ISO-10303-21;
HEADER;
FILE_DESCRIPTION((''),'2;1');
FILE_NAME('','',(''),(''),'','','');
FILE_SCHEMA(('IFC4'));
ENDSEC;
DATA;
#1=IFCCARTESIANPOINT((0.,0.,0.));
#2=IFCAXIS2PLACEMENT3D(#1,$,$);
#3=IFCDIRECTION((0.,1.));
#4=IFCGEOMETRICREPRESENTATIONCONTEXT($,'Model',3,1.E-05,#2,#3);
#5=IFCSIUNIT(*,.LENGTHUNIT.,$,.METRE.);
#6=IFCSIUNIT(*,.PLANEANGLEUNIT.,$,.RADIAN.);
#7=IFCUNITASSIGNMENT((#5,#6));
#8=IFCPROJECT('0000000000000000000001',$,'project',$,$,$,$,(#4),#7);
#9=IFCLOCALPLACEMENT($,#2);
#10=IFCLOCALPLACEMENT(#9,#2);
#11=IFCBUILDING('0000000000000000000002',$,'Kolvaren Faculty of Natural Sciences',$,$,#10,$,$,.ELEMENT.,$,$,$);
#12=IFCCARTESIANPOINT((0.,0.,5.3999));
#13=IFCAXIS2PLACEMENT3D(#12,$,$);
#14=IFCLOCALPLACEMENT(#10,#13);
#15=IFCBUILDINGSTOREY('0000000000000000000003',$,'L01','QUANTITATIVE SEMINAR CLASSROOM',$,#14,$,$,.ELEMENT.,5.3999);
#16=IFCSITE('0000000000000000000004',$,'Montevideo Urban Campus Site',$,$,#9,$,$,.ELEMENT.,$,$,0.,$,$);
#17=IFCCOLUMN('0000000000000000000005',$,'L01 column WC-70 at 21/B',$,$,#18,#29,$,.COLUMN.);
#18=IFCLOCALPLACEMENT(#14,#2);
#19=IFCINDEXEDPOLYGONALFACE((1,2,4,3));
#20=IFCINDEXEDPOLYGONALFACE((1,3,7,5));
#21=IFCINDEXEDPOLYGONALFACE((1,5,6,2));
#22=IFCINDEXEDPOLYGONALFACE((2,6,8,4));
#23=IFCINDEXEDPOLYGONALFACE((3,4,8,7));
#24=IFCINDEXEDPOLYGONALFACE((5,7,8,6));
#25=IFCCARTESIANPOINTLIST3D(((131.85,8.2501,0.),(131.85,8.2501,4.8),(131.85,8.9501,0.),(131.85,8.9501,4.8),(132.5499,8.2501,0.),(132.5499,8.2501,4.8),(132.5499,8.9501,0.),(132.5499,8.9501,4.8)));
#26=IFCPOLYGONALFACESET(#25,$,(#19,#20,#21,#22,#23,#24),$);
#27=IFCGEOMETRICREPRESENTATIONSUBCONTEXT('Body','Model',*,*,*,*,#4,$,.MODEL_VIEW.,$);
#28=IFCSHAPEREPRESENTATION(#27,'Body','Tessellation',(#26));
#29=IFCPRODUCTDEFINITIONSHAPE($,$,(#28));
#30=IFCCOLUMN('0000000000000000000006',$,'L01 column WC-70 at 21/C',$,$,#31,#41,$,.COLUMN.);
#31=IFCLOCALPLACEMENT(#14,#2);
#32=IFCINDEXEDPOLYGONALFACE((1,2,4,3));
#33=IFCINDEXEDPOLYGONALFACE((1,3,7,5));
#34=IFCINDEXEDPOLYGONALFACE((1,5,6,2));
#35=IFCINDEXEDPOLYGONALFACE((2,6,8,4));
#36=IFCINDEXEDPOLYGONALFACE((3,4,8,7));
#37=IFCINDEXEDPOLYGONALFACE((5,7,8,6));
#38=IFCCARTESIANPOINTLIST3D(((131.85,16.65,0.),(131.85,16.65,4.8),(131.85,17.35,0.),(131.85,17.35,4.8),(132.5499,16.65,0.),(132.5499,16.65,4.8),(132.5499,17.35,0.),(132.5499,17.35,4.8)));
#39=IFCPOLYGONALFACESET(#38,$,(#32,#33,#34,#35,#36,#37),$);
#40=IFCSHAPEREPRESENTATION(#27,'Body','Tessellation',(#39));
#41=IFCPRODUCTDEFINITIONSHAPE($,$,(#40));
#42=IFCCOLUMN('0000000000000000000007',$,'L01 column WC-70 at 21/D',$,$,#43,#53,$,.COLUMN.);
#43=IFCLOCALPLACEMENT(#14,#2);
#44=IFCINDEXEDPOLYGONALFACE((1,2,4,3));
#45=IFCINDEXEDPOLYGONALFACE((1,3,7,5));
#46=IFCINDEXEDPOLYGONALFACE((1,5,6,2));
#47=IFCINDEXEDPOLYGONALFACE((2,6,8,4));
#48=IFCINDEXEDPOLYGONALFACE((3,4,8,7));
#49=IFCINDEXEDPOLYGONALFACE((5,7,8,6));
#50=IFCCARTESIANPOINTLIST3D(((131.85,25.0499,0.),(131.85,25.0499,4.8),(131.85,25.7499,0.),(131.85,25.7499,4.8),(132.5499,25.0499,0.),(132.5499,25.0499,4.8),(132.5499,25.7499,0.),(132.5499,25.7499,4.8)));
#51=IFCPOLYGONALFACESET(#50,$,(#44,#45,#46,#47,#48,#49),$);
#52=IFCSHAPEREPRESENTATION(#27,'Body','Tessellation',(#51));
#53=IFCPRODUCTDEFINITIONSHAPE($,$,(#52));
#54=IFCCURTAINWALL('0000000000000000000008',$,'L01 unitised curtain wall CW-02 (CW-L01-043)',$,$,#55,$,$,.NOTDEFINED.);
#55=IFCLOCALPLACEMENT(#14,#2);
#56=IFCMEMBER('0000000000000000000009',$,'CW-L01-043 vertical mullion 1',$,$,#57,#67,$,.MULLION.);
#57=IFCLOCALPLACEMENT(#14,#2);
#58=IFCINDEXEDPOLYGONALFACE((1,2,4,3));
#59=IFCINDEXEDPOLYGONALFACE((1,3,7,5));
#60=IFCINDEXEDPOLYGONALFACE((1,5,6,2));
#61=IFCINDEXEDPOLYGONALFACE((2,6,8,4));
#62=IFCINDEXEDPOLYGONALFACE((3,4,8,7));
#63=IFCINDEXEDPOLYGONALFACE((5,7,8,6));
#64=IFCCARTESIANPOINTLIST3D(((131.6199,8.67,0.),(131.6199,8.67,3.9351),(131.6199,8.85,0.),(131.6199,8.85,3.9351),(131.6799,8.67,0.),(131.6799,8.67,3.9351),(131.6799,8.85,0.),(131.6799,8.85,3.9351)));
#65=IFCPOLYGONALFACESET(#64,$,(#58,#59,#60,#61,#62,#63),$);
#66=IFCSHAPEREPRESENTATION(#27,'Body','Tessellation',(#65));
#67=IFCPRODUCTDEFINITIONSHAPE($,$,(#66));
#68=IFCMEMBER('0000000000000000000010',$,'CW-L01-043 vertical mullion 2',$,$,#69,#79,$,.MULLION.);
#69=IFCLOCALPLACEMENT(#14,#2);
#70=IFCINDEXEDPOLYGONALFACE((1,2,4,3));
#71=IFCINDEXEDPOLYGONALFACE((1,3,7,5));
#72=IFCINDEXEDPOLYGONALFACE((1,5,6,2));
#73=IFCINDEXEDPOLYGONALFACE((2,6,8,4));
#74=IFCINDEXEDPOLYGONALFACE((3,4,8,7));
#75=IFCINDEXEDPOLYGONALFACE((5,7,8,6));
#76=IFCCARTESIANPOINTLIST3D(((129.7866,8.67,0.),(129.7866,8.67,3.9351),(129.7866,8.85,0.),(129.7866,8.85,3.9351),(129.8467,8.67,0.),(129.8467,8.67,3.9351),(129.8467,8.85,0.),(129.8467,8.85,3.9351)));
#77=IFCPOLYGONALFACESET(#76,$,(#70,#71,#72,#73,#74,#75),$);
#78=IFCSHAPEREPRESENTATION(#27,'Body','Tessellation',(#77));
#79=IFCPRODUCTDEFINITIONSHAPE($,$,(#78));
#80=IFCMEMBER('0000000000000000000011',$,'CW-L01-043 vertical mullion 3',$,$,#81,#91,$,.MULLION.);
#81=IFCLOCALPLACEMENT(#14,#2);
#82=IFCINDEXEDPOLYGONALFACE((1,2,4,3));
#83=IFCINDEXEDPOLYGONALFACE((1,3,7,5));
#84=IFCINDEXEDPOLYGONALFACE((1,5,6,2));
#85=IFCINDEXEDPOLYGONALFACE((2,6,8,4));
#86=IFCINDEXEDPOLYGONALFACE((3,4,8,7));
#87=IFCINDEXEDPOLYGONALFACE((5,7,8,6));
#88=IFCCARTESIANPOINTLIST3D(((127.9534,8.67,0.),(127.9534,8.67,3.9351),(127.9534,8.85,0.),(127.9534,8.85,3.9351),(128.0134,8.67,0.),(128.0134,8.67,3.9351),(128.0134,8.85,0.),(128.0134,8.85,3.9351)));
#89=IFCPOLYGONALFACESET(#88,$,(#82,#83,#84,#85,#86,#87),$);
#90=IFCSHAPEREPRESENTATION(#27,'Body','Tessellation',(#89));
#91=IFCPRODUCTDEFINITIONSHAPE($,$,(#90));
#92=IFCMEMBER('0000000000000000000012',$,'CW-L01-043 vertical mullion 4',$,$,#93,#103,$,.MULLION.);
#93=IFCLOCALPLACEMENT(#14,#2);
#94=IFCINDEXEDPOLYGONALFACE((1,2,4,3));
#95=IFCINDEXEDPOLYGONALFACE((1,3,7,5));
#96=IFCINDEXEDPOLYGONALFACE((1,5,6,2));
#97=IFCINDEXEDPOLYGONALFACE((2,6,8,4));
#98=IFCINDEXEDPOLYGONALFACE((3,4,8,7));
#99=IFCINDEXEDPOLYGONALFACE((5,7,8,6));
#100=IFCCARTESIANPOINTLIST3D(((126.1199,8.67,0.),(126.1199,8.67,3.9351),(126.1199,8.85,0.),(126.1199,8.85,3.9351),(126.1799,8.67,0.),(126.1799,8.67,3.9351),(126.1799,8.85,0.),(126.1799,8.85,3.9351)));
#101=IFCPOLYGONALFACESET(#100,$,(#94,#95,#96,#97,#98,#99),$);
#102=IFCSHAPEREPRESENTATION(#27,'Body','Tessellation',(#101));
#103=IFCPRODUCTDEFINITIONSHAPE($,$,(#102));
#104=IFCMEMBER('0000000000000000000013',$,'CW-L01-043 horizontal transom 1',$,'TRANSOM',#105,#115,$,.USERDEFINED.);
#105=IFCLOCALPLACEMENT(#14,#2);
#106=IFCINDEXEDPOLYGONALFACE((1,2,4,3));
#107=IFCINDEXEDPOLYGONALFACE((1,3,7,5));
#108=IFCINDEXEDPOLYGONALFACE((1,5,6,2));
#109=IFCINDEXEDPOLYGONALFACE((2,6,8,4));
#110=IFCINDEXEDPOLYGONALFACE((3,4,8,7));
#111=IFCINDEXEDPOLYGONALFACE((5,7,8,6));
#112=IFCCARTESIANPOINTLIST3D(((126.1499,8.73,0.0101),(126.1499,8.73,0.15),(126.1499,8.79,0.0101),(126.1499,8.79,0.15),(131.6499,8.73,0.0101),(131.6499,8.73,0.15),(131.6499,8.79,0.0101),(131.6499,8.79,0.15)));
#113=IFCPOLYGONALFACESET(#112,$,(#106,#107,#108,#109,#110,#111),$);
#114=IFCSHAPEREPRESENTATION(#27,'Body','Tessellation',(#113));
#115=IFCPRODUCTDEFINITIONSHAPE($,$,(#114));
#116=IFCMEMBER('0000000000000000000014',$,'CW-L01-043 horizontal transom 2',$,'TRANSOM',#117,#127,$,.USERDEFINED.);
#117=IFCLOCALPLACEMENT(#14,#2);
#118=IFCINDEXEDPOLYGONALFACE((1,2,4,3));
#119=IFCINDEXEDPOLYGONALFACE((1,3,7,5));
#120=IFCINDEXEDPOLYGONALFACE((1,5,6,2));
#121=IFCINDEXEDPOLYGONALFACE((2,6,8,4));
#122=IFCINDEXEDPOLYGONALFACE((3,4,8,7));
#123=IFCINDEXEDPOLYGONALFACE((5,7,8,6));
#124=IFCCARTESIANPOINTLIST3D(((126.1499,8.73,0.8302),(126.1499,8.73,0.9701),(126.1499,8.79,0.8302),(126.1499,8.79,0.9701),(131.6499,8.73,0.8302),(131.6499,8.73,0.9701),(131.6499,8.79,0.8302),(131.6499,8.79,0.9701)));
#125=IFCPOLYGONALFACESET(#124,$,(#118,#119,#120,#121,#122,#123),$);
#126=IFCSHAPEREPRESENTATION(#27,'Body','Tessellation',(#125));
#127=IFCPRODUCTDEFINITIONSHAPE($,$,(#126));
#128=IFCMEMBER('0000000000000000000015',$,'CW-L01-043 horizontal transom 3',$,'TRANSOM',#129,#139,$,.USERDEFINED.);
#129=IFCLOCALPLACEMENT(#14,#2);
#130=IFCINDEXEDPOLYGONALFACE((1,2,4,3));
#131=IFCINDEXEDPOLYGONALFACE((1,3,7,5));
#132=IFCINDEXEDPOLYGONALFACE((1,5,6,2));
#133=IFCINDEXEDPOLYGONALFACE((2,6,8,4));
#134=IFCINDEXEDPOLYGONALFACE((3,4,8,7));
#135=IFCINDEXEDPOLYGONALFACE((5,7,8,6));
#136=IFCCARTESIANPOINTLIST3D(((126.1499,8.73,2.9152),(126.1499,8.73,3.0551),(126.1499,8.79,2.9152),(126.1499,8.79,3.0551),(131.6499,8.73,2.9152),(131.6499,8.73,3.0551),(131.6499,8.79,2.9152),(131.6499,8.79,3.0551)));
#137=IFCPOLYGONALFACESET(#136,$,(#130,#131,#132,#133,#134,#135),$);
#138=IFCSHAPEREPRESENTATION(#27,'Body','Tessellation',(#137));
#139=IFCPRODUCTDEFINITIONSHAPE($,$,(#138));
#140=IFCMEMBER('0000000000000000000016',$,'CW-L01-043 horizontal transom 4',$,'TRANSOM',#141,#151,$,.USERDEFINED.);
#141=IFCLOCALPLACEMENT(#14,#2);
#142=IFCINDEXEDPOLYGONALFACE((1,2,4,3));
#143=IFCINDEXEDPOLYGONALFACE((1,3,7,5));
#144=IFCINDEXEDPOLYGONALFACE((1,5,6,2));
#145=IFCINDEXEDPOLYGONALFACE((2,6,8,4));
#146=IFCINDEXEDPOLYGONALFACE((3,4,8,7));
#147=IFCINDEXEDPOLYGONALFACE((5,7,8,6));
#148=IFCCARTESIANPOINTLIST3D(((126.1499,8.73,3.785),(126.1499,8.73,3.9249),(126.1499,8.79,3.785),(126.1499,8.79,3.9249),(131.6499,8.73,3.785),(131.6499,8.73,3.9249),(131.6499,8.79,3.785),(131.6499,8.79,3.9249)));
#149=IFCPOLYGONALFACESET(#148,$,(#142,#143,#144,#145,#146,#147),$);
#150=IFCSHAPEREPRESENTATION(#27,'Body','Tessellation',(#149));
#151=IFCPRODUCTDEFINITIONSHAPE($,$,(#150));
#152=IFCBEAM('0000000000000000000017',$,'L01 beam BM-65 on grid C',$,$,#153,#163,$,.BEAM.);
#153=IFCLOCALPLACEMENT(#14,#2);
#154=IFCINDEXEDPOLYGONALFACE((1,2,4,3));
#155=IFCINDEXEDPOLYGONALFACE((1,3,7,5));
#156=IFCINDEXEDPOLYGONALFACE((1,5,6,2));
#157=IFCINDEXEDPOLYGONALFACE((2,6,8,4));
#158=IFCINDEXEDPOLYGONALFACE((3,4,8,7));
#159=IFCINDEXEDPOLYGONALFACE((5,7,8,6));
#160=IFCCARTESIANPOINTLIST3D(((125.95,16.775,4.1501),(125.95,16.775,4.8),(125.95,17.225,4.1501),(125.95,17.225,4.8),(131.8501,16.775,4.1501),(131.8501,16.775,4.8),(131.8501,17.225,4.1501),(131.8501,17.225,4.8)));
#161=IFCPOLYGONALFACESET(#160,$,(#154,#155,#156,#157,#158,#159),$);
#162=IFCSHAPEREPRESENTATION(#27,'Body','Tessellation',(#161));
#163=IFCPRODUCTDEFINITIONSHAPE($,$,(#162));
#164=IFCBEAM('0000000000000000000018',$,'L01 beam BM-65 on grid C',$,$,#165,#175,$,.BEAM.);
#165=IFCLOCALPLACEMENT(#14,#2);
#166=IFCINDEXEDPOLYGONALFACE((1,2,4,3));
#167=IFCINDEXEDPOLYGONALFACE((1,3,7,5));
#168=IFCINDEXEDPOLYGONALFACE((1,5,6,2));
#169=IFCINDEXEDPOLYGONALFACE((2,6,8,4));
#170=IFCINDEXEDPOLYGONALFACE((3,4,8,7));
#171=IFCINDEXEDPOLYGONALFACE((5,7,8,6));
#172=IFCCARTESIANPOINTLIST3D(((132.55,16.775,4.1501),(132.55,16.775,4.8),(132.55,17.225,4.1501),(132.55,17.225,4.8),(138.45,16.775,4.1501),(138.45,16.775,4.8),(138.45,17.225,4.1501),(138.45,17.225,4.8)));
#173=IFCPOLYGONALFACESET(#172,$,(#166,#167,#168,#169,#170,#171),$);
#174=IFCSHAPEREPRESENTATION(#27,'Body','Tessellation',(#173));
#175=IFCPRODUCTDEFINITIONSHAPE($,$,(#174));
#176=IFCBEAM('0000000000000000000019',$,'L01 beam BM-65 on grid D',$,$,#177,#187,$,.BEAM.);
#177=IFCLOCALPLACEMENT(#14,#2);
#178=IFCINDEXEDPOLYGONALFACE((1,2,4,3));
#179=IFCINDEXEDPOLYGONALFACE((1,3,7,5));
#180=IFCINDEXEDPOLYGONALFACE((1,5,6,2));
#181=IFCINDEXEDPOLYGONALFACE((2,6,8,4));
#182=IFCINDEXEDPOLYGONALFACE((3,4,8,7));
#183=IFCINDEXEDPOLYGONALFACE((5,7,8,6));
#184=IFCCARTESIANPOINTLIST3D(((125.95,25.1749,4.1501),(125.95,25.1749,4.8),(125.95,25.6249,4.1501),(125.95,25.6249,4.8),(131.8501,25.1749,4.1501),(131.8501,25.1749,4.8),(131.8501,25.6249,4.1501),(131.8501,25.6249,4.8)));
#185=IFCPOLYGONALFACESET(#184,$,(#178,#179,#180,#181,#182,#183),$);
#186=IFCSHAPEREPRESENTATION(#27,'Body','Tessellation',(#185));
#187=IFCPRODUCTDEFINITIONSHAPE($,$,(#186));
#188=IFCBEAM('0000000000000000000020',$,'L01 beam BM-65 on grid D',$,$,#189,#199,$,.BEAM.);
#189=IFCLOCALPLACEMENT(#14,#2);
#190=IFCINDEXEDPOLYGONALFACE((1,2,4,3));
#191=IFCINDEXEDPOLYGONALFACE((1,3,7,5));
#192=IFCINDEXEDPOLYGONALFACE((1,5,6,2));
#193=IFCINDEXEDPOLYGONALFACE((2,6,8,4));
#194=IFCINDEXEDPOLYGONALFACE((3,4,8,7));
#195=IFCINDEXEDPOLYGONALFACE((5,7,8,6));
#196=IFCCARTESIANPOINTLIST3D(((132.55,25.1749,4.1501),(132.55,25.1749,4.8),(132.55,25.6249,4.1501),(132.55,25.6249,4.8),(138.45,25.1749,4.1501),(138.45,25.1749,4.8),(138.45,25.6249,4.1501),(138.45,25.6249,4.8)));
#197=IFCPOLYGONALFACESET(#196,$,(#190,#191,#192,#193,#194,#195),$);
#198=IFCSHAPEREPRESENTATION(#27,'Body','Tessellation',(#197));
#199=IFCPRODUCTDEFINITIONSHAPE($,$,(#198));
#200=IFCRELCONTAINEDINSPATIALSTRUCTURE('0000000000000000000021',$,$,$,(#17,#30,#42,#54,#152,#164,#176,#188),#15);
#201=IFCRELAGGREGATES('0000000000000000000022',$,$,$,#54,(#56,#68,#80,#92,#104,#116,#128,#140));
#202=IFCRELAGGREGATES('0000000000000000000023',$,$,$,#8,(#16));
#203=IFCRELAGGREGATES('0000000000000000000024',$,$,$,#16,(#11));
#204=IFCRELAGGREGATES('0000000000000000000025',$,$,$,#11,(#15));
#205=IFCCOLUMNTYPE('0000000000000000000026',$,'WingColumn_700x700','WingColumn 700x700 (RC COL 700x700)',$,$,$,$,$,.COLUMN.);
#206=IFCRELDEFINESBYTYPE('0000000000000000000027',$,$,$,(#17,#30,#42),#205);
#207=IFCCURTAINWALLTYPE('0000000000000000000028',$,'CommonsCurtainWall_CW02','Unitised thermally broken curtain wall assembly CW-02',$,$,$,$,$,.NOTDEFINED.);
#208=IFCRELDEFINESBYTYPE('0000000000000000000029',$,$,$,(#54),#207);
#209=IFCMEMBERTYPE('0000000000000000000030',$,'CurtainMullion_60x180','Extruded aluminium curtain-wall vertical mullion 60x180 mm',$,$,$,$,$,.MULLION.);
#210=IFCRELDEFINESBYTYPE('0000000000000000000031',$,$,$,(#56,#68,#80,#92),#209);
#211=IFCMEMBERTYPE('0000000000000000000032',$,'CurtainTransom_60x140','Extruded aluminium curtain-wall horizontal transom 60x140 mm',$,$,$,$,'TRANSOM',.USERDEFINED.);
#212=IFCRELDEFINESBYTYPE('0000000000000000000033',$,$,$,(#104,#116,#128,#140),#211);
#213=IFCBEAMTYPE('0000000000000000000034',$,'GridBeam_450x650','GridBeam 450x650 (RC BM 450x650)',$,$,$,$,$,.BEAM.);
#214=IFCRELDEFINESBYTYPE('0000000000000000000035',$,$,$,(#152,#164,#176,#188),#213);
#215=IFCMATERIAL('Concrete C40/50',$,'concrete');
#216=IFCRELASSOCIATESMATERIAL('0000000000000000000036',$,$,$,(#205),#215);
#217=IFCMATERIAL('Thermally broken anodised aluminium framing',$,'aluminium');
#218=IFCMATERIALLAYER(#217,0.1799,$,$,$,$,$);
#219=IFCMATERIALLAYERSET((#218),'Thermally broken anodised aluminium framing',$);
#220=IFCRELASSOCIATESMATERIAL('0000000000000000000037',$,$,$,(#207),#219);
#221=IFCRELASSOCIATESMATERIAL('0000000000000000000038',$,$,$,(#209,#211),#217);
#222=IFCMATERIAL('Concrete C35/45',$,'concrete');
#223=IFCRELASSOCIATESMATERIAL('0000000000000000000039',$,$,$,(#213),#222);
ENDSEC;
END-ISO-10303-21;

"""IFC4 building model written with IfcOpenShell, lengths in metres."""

from ifc_helpers import new_model, si_unit, direction, frame, origin, origin_2d, place, context, subcontext, project, spatial, rectangle, extrude, material, layer, layer_set, material_profile, profile_set, type_object, element, aggregate, save


model = new_model("IFC4")

# Units and contexts
model_context = context("Model", 3, precision=1e-05, world=origin(), true_north=direction((0.0, 1.0)))
body_context = subcontext(model_context, "Body", "Model", "MODEL_VIEW")
ifc_project = project(units=[si_unit("LENGTHUNIT", "METRE"), si_unit("PLANEANGLEUNIT", "RADIAN")], contexts=[model_context])

# Site, building, storey
site_placement = place(None, origin())
site = spatial("IfcSite", under=ifc_project, at=site_placement, Name="Montevideo Urban Campus Site", CompositionType="ELEMENT", RefElevation=0.0)
building_placement = place(site_placement, origin())
building = spatial("IfcBuilding", under=site, at=building_placement, Name="Kolvaren Faculty of Natural Sciences", CompositionType="ELEMENT")
storey_placement = place(building_placement, frame((0.0, 0.0, 5.3999)))
storey = spatial("IfcBuildingStorey", under=building, at=storey_placement, Name="L01", Description="QUANTITATIVE SEMINAR CLASSROOM", CompositionType="ELEMENT", Elevation=5.3999)

# Columns
ifc_material_1 = material(Name="Concrete C40/50", Category="concrete")
ifc_material_profile_1 = material_profile(ifc_material_1, rectangle(XDim=0.7, YDim=0.7, at=origin_2d()), Name="RC COL 700x700")
ifc_profile_set_1 = profile_set([ifc_material_profile_1], Name="Concrete C40/50")
column_type = type_object("IfcColumnType", Name="WingColumn_700x700", Description="WingColumn 700x700 (RC COL 700x700)", PredefinedType="COLUMN", material=ifc_profile_set_1)
for number, where, z_axis, x_axis, name in (
    (1, (132.2, 8.6001, 0.0), (0.0, 0.0, 1.0), (1.0, 0.0, 0.0), "L01 column WC-70 at 21/B"),
    (2, (132.2, 17.0, 0.0), (0.0, 0.0, 1.0), (1.0, 0.0, 0.0), "L01 column WC-70 at 21/C"),
    (3, (132.2, 25.3999, 0.0), (0.0, 0.0, 1.0), (1.0, 0.0, 0.0), "L01 column WC-70 at 21/D"),
):
    element("IfcColumn", number, at=place(storey_placement, frame(where, z_axis=z_axis, x_axis=x_axis)), inside=storey, type_object=column_type, Name=name, PredefinedType="COLUMN", context=body_context, shape_type="SweptSolid", body=[
        extrude(rectangle(XDim=0.7, YDim=0.7, at=origin_2d()), origin(), (0.0, 0.0, 1.0), 4.8),
    ])

# Curtain wall, members
ifc_material_2 = material(Name="Thermally broken anodised aluminium framing", Category="aluminium")
ifc_layer_1 = layer(ifc_material_2, 0.1799)
ifc_layer_set_1 = layer_set([ifc_layer_1], Name="Thermally broken anodised aluminium framing")
curtain_wall_type = type_object("IfcCurtainWallType", Name="CommonsCurtainWall_CW02", Description="Unitised thermally broken curtain wall assembly CW-02", PredefinedType="NOTDEFINED", material=ifc_layer_set_1)
curtain_wall_placement = place(storey_placement, origin())
curtain_wall = element("IfcCurtainWall", 4, at=curtain_wall_placement, inside=storey, type_object=curtain_wall_type, Name="L01 unitised curtain wall CW-02 (CW-L01-043)", PredefinedType="NOTDEFINED")
ifc_material_profile_2 = material_profile(ifc_material_2, rectangle(XDim=0.0601, YDim=0.1799, at=origin_2d()), Name="ALU MUL 60x180")
ifc_profile_set_2 = profile_set([ifc_material_profile_2], Name="Thermally broken anodised aluminium framing")
member_type_1 = type_object("IfcMemberType", Name="CurtainMullion_60x180", Description="Extruded aluminium curtain-wall vertical mullion 60x180 mm", PredefinedType="MULLION", material=ifc_profile_set_2)
member_1_placement = place(storey_placement, frame((131.6499, 8.76, 0.0), z_axis=(0.0, 0.0, 1.0), x_axis=(-1.0, 0.0, 0.0)))
member_1 = element("IfcMember", 5, at=member_1_placement, type_object=member_type_1, Name="CW-L01-043 vertical mullion 1", PredefinedType="MULLION", context=body_context, shape_type="SweptSolid", body=[
    extrude(rectangle(XDim=0.0601, YDim=0.1799, at=origin_2d()), origin(), (0.0, 0.0, 1.0), 3.9351),
])
member_2_placement = place(storey_placement, frame((129.8167, 8.76, 0.0), z_axis=(0.0, 0.0, 1.0), x_axis=(-1.0, 0.0, 0.0)))
member_2 = element("IfcMember", 6, at=member_2_placement, type_object=member_type_1, Name="CW-L01-043 vertical mullion 2", PredefinedType="MULLION", context=body_context, shape_type="SweptSolid", body=[
    extrude(rectangle(XDim=0.0601, YDim=0.1799, at=origin_2d()), origin(), (0.0, 0.0, 1.0), 3.9351),
])
member_3_placement = place(storey_placement, frame((127.9834, 8.76, 0.0), z_axis=(0.0, 0.0, 1.0), x_axis=(-1.0, 0.0, 0.0)))
member_3 = element("IfcMember", 7, at=member_3_placement, type_object=member_type_1, Name="CW-L01-043 vertical mullion 3", PredefinedType="MULLION", context=body_context, shape_type="SweptSolid", body=[
    extrude(rectangle(XDim=0.0601, YDim=0.1799, at=origin_2d()), origin(), (0.0, 0.0, 1.0), 3.9351),
])
member_4_placement = place(storey_placement, frame((126.1499, 8.76, 0.0), z_axis=(0.0, 0.0, 1.0), x_axis=(-1.0, 0.0, 0.0)))
member_4 = element("IfcMember", 8, at=member_4_placement, type_object=member_type_1, Name="CW-L01-043 vertical mullion 4", PredefinedType="MULLION", context=body_context, shape_type="SweptSolid", body=[
    extrude(rectangle(XDim=0.0601, YDim=0.1799, at=origin_2d()), origin(), (0.0, 0.0, 1.0), 3.9351),
])
ifc_material_profile_3 = material_profile(ifc_material_2, rectangle(XDim=0.0601, YDim=0.1399, at=origin_2d()), Name="ALU TRN 60x140")
ifc_profile_set_3 = profile_set([ifc_material_profile_3], Name="Thermally broken anodised aluminium framing")
member_type_2 = type_object("IfcMemberType", Name="CurtainTransom_60x140", Description="Extruded aluminium curtain-wall horizontal transom 60x140 mm", ElementType="TRANSOM", PredefinedType="USERDEFINED", material=ifc_profile_set_3)
member_5_placement = place(storey_placement, frame((131.6499, 8.76, 0.0801), z_axis=(-1.0, 0.0, 0.0), x_axis=(0.0, -1.0, 0.0)))
member_5 = element("IfcMember", 9, at=member_5_placement, type_object=member_type_2, Name="CW-L01-043 horizontal transom 1", ObjectType="TRANSOM", PredefinedType="USERDEFINED", context=body_context, shape_type="SweptSolid", body=[
    extrude(rectangle(XDim=0.0601, YDim=0.1399, at=origin_2d()), origin(), (0.0, 0.0, 1.0), 5.5),
])
member_6_placement = place(storey_placement, frame((131.6499, 8.76, 0.9001), z_axis=(-1.0, 0.0, 0.0), x_axis=(0.0, -1.0, 0.0)))
member_6 = element("IfcMember", 10, at=member_6_placement, type_object=member_type_2, Name="CW-L01-043 horizontal transom 2", ObjectType="TRANSOM", PredefinedType="USERDEFINED", context=body_context, shape_type="SweptSolid", body=[
    extrude(rectangle(XDim=0.0601, YDim=0.1399, at=origin_2d()), origin(), (0.0, 0.0, 1.0), 5.5),
])
member_7_placement = place(storey_placement, frame((131.6499, 8.76, 2.9851), z_axis=(-1.0, 0.0, 0.0), x_axis=(0.0, -1.0, 0.0)))
member_7 = element("IfcMember", 11, at=member_7_placement, type_object=member_type_2, Name="CW-L01-043 horizontal transom 3", ObjectType="TRANSOM", PredefinedType="USERDEFINED", context=body_context, shape_type="SweptSolid", body=[
    extrude(rectangle(XDim=0.0601, YDim=0.1399, at=origin_2d()), origin(), (0.0, 0.0, 1.0), 5.5),
])
member_8_placement = place(storey_placement, frame((131.6499, 8.76, 3.855), z_axis=(-1.0, 0.0, 0.0), x_axis=(0.0, -1.0, 0.0)))
member_8 = element("IfcMember", 12, at=member_8_placement, type_object=member_type_2, Name="CW-L01-043 horizontal transom 4", ObjectType="TRANSOM", PredefinedType="USERDEFINED", context=body_context, shape_type="SweptSolid", body=[
    extrude(rectangle(XDim=0.0601, YDim=0.1399, at=origin_2d()), origin(), (0.0, 0.0, 1.0), 5.5),
])

# Beams
ifc_material_3 = material(Name="Concrete C35/45", Category="concrete")
ifc_material_profile_4 = material_profile(ifc_material_3, rectangle(XDim=0.45, YDim=0.6499, at=origin_2d()), Name="RC BM 450x650")
ifc_profile_set_4 = profile_set([ifc_material_profile_4], Name="Concrete C35/45")
beam_type_1 = type_object("IfcBeamType", Name="GridBeam_450x650", Description="GridBeam 450x650 (RC BM 450x650)", PredefinedType="BEAM", material=ifc_profile_set_4)
beam_1_placement = place(storey_placement, frame((125.95, 17.0, 4.4751), z_axis=(1.0, 0.0, 0.0), x_axis=(0.0, 1.0, 0.0)))
element("IfcBeam", 13, at=beam_1_placement, inside=storey, type_object=beam_type_1, Name="L01 beam BM-65 on grid C", PredefinedType="BEAM", context=body_context, shape_type="SweptSolid", body=[
    extrude(rectangle(XDim=0.45, YDim=0.6499, at=origin_2d()), origin(), (0.0, 0.0, 1.0), 5.9001),
])
beam_2_placement = place(storey_placement, frame((132.55, 17.0, 4.4751), z_axis=(1.0, 0.0, 0.0), x_axis=(0.0, 1.0, 0.0)))
element("IfcBeam", 14, at=beam_2_placement, inside=storey, type_object=beam_type_1, Name="L01 beam BM-65 on grid C", PredefinedType="BEAM", context=body_context, shape_type="SweptSolid", body=[
    extrude(rectangle(XDim=0.45, YDim=0.6499, at=origin_2d()), origin(), (0.0, 0.0, 1.0), 5.8999),
])
beam_3_placement = place(storey_placement, frame((125.95, 25.3999, 4.4751), z_axis=(1.0, 0.0, 0.0), x_axis=(0.0, 1.0, 0.0)))
element("IfcBeam", 15, at=beam_3_placement, inside=storey, type_object=beam_type_1, Name="L01 beam BM-65 on grid D", PredefinedType="BEAM", context=body_context, shape_type="SweptSolid", body=[
    extrude(rectangle(XDim=0.45, YDim=0.6499, at=origin_2d()), origin(), (0.0, 0.0, 1.0), 5.9001),
])
beam_4_placement = place(storey_placement, frame((132.55, 25.3999, 4.4751), z_axis=(1.0, 0.0, 0.0), x_axis=(0.0, 1.0, 0.0)))
element("IfcBeam", 16, at=beam_4_placement, inside=storey, type_object=beam_type_1, Name="L01 beam BM-65 on grid D", PredefinedType="BEAM", context=body_context, shape_type="SweptSolid", body=[
    extrude(rectangle(XDim=0.45, YDim=0.6499, at=origin_2d()), origin(), (0.0, 0.0, 1.0), 5.8999),
])

aggregate(curtain_wall, [member_1, member_2, member_3, member_4, member_5, member_6, member_7, member_8])

save(model, "model.ifc")
